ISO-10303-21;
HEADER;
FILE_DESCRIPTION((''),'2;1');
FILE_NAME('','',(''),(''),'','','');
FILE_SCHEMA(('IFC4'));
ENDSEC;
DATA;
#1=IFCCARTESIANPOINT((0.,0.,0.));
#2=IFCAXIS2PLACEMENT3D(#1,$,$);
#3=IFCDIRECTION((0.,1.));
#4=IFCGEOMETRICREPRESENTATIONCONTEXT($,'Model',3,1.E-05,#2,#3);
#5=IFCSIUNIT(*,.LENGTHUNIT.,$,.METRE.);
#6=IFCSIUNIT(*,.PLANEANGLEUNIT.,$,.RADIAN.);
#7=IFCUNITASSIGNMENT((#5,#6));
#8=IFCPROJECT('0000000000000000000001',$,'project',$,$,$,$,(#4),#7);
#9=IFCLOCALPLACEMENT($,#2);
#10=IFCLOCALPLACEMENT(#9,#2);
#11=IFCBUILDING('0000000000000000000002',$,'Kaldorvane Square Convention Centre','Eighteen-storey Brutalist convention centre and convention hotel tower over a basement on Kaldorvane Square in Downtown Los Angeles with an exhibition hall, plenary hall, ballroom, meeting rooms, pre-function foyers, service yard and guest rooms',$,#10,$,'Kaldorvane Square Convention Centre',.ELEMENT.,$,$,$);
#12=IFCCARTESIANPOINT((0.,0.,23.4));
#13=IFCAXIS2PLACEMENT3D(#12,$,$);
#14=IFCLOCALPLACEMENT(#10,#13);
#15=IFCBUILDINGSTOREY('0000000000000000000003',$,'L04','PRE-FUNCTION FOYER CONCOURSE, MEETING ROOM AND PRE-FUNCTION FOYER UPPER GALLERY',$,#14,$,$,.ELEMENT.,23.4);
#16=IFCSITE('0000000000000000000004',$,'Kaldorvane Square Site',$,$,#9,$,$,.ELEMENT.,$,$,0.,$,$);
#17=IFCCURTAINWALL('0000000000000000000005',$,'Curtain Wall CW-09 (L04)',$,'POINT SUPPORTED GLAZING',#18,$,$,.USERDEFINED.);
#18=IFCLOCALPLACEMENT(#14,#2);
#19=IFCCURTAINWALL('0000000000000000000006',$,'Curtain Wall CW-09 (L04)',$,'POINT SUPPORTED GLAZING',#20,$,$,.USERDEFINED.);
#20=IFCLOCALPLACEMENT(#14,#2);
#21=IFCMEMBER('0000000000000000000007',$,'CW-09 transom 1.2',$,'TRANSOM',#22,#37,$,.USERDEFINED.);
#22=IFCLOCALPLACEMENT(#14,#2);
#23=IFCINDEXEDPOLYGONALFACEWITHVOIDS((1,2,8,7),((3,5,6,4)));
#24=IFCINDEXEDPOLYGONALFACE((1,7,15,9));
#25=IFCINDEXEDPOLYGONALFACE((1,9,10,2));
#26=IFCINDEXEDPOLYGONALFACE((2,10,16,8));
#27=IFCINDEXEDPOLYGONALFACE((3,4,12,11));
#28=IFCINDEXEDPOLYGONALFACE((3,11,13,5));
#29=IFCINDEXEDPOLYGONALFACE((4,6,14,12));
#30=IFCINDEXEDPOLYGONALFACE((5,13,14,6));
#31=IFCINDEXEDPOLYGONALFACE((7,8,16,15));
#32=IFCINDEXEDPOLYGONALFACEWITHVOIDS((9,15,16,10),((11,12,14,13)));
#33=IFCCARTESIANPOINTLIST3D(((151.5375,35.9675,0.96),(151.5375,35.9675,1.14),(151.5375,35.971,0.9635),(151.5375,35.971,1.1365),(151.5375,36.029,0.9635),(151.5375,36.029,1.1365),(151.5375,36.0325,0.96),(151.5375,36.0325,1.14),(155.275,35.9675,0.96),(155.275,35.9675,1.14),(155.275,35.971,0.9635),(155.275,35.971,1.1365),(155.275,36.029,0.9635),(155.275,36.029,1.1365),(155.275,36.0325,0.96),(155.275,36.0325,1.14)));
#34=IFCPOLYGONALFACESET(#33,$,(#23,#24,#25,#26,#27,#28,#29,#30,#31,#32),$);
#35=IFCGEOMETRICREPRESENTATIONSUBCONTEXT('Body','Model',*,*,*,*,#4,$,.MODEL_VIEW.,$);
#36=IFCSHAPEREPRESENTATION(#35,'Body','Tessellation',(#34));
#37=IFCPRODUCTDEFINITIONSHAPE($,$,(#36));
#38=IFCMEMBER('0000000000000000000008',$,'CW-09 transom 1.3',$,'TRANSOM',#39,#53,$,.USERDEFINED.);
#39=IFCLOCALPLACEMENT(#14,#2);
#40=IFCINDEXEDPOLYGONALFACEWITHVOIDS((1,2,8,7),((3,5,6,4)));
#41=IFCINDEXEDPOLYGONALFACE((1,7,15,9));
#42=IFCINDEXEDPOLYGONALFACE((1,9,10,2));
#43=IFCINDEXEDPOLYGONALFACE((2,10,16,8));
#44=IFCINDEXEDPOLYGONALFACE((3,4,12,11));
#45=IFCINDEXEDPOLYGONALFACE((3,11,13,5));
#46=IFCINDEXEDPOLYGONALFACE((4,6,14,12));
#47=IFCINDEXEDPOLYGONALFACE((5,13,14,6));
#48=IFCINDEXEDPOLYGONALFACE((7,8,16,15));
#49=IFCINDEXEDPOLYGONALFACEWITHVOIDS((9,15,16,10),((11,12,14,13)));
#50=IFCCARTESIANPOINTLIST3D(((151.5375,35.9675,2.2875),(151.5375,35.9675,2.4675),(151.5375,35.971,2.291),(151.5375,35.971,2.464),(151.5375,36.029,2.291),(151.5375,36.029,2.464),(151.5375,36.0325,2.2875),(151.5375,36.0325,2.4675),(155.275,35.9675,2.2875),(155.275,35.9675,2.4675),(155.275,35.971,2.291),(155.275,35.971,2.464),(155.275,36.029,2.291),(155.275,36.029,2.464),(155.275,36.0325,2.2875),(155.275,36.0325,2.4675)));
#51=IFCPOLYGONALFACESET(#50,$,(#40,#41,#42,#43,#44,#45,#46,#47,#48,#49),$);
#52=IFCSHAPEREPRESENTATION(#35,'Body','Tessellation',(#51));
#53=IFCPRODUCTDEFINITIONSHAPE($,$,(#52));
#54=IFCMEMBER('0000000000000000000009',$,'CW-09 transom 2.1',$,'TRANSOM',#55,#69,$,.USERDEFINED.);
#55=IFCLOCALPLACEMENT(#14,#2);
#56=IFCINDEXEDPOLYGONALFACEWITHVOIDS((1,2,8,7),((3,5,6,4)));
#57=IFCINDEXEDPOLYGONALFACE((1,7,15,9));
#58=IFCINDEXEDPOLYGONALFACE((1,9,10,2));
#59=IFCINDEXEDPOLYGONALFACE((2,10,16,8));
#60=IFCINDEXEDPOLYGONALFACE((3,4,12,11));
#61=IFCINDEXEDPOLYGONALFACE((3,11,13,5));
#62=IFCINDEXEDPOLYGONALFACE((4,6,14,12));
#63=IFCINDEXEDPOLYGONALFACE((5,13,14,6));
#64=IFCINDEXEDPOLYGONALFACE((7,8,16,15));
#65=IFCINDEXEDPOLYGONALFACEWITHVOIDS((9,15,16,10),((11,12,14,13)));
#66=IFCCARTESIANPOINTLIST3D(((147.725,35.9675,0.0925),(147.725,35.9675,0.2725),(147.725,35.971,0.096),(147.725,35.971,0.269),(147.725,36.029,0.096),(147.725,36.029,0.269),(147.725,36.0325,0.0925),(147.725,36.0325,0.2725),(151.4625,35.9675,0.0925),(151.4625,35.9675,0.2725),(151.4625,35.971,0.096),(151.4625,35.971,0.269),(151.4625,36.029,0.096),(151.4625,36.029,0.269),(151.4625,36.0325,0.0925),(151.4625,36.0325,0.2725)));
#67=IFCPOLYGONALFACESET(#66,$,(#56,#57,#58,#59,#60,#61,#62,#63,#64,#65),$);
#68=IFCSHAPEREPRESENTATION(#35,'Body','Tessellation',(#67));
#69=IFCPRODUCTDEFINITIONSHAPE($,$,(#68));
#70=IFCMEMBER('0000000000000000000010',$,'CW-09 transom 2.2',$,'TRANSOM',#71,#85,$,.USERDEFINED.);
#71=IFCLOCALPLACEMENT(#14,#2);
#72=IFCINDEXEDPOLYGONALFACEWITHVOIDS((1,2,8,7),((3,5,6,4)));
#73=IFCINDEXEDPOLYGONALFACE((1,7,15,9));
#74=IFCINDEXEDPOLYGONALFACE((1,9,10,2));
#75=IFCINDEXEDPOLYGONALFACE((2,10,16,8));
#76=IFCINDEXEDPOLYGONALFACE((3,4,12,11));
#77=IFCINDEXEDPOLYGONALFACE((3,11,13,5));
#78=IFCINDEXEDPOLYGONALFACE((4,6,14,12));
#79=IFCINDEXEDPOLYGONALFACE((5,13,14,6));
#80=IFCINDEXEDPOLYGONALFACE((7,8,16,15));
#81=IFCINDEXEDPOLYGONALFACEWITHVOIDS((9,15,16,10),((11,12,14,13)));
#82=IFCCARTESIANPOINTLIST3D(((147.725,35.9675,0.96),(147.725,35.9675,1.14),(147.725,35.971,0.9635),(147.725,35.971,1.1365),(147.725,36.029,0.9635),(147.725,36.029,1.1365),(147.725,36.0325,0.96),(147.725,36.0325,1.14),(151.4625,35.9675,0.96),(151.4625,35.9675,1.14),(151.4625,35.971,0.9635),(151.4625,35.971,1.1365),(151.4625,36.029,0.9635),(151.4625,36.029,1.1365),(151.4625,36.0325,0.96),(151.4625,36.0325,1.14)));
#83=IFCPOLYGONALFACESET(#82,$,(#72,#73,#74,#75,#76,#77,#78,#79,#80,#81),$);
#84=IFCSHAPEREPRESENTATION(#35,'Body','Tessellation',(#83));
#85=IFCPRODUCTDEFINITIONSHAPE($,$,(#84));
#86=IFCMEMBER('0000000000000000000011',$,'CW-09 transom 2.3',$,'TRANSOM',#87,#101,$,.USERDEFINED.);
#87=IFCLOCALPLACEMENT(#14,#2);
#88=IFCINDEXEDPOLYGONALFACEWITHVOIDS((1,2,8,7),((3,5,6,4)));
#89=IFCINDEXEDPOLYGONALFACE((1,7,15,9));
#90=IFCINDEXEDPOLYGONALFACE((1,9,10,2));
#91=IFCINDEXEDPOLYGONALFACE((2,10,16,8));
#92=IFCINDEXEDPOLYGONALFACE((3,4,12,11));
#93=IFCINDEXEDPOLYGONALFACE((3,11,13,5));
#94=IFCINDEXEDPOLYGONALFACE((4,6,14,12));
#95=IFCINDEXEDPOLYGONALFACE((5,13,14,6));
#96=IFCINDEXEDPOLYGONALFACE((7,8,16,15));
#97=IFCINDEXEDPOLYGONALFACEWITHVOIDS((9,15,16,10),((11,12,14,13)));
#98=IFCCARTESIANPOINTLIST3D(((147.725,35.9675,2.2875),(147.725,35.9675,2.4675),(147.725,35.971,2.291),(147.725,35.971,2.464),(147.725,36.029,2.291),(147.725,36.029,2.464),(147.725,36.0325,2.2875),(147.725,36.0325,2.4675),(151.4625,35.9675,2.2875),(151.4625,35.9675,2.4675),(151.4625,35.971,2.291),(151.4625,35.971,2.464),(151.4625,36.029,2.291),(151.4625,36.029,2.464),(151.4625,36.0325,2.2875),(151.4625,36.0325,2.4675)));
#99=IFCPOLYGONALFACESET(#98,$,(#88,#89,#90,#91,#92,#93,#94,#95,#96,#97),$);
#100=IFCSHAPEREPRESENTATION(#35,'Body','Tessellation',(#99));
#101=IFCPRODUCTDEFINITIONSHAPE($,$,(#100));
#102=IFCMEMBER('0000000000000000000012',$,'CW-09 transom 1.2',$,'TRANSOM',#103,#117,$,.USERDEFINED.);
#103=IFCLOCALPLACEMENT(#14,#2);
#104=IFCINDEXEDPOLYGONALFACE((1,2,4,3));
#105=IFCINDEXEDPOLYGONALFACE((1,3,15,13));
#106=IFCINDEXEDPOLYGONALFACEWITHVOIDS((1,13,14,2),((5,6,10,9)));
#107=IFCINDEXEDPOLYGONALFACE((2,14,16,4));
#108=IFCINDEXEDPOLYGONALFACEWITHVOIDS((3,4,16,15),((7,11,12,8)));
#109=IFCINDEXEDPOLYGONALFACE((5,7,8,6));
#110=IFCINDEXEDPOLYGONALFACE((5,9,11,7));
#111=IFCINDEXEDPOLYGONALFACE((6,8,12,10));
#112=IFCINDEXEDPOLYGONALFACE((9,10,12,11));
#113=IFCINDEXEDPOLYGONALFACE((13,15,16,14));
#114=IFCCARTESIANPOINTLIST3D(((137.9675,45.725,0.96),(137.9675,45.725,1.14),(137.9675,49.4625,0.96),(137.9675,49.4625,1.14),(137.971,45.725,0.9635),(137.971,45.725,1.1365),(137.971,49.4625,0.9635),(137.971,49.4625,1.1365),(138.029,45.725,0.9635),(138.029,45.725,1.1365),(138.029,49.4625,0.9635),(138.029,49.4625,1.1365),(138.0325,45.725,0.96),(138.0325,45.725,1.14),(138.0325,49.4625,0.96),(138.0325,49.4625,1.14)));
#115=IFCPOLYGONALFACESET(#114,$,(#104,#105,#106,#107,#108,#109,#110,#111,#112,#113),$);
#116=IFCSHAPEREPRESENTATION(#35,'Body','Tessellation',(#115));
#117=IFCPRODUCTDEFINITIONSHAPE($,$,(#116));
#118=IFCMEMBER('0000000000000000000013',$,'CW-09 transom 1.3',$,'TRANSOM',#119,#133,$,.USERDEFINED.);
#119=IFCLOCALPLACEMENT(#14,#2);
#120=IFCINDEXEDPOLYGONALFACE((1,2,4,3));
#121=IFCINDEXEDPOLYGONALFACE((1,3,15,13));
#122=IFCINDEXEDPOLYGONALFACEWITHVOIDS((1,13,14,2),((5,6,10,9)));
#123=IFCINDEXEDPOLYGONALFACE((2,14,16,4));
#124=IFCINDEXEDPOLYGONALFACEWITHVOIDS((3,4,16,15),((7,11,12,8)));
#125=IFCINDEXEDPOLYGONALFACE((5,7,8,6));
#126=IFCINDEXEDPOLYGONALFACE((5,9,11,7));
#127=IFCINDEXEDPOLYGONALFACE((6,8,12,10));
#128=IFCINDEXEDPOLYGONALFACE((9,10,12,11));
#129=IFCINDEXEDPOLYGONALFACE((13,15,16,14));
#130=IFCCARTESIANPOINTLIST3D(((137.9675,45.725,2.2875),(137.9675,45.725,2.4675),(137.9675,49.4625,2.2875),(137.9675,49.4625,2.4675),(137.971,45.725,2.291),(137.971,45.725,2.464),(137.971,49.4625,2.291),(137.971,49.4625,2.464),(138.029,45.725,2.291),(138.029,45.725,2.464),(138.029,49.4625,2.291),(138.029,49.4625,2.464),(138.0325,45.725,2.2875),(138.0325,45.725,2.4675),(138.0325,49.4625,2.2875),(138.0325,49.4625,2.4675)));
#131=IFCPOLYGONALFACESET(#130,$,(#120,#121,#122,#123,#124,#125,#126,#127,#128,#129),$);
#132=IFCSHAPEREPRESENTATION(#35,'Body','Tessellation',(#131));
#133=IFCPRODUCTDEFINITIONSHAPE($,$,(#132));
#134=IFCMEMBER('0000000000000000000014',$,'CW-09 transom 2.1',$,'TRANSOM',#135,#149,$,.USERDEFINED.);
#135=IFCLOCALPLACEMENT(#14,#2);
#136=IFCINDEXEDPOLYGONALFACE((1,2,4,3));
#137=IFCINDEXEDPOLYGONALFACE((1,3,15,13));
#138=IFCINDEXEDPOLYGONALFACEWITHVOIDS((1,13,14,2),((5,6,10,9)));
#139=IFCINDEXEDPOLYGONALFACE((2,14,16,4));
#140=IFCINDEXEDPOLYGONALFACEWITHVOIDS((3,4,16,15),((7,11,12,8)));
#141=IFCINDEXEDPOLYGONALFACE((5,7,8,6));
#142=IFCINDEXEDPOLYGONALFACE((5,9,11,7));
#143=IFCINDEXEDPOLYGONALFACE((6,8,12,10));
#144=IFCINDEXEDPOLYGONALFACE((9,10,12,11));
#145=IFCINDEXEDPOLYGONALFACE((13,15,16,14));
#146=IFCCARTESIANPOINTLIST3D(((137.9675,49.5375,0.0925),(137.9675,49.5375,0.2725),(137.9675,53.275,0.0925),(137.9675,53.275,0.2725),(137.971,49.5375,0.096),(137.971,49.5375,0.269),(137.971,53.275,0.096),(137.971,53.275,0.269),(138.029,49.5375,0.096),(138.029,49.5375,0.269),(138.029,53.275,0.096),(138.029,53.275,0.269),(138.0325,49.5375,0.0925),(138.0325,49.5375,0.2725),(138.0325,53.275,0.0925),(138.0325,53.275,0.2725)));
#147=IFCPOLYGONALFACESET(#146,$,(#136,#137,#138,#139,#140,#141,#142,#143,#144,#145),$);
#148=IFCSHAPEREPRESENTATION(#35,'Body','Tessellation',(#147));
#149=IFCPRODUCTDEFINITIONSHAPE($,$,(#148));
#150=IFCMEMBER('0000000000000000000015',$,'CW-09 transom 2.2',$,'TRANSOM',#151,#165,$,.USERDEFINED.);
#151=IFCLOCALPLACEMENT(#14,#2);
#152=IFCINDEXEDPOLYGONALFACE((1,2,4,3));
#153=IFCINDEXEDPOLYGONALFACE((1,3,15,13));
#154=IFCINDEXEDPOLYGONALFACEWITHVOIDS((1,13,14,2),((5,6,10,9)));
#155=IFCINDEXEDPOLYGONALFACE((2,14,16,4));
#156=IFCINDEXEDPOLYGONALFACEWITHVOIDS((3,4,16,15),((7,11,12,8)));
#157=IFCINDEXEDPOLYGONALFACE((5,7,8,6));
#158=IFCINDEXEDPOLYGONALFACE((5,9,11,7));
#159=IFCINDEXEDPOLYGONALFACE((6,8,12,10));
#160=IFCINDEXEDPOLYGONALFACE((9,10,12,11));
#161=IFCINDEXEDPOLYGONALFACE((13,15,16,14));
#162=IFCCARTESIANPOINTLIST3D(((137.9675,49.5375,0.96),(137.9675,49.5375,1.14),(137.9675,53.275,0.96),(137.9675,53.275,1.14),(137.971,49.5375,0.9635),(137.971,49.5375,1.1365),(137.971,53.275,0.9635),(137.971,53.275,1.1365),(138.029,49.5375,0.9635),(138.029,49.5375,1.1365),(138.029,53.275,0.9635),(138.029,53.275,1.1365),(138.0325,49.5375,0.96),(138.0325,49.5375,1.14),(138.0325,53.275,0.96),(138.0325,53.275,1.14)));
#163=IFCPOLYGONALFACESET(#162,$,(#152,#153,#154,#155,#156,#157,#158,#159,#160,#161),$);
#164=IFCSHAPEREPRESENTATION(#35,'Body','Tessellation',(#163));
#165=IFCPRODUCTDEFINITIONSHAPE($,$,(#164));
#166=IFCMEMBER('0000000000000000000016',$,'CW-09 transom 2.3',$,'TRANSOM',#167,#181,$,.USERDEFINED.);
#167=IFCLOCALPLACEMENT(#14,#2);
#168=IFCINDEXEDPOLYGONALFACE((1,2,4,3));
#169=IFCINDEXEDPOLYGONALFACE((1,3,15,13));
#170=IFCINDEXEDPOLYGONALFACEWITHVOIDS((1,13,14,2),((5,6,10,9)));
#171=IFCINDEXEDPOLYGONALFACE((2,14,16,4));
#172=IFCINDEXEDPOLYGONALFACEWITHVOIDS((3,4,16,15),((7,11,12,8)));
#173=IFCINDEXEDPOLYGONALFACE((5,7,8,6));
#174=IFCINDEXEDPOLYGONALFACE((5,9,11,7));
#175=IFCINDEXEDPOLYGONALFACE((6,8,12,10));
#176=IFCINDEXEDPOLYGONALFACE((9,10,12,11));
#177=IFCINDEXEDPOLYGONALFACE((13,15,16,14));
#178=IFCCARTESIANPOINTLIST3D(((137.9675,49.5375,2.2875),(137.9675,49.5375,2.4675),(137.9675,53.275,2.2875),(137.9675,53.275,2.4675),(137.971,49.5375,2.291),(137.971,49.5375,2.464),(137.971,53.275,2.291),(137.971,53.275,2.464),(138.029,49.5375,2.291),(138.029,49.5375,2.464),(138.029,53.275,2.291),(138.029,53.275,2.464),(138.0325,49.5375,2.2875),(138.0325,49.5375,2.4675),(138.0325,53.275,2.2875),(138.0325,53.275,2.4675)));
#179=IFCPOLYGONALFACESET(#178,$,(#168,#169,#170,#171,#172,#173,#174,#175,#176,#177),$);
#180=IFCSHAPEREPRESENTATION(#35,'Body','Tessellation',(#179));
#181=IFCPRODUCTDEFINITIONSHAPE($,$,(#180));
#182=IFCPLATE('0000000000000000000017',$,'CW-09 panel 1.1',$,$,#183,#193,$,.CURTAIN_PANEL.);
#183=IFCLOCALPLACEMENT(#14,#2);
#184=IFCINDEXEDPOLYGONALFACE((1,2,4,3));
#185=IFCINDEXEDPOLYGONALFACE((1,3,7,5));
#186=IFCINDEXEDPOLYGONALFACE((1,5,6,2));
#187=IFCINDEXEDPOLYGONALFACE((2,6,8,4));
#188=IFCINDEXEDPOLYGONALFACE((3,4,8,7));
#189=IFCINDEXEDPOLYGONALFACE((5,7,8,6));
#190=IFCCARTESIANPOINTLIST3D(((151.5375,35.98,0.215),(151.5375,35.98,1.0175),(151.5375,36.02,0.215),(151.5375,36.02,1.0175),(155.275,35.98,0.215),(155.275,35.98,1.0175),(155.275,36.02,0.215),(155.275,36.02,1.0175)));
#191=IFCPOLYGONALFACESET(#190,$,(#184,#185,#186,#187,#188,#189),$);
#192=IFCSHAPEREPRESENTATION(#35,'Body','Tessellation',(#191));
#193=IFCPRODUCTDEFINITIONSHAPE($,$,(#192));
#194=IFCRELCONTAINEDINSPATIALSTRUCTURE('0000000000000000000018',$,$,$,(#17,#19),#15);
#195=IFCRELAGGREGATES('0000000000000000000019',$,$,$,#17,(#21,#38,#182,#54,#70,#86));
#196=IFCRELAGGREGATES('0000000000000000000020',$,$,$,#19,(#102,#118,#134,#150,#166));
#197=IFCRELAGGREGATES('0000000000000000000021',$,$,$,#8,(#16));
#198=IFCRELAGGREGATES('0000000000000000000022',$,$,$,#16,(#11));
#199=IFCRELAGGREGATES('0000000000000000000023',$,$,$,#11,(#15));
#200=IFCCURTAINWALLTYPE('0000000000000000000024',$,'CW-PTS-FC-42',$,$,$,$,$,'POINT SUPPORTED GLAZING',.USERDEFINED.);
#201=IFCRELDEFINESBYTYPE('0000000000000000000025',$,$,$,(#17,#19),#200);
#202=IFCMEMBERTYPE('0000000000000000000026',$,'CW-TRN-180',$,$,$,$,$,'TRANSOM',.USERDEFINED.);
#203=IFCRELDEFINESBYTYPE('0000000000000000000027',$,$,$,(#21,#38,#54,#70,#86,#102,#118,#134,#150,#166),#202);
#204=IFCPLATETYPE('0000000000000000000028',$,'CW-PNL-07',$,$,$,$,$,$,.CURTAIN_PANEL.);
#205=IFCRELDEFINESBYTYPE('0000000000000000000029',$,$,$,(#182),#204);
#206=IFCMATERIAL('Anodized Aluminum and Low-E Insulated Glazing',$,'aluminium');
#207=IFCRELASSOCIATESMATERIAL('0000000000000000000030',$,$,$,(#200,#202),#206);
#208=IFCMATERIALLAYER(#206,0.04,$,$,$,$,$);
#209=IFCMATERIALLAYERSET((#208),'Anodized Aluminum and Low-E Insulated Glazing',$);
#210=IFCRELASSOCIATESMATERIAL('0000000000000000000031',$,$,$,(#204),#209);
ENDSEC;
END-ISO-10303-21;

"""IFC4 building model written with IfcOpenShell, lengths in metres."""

from ifc_helpers import new_model, si_unit, direction, frame, origin, origin_2d, place, context, subcontext, project, spatial, rectangle, hollow_rectangle, extrude, material, layer, layer_set, material_profile, profile_set, type_object, element, aggregate, save


model = new_model("IFC4")

# Units and contexts
model_context = context("Model", 3, precision=1e-05, world=origin(), true_north=direction((0.0, 1.0)))
body_context = subcontext(model_context, "Body", "Model", "MODEL_VIEW")
ifc_project = project(units=[si_unit("LENGTHUNIT", "METRE"), si_unit("PLANEANGLEUNIT", "RADIAN")], contexts=[model_context])

# Site, building, storey
site_placement = place(None, origin())
site = spatial("IfcSite", under=ifc_project, at=site_placement, Name="Kaldorvane Square Site", CompositionType="ELEMENT", RefElevation=0.0)
building_placement = place(site_placement, origin())
building = spatial("IfcBuilding", under=site, at=building_placement, Name="Kaldorvane Square Convention Centre", Description="Eighteen-storey Brutalist convention centre and convention hotel tower over a basement on Kaldorvane Square in Downtown Los Angeles with an exhibition hall, plenary hall, ballroom, meeting rooms, pre-function foyers, service yard and guest rooms", LongName="Kaldorvane Square Convention Centre", CompositionType="ELEMENT")
storey_placement = place(building_placement, frame((0.0, 0.0, 23.4)))
storey = spatial("IfcBuildingStorey", under=building, at=storey_placement, Name="L04", Description="PRE-FUNCTION FOYER CONCOURSE, MEETING ROOM AND PRE-FUNCTION FOYER UPPER GALLERY", CompositionType="ELEMENT", Elevation=23.4)

# Curtain wall
ifc_material_1 = material(Name="Anodized Aluminum and Low-E Insulated Glazing", Category="aluminium")
curtain_wall_type = type_object("IfcCurtainWallType", Name="CW-PTS-FC-42", ElementType="POINT SUPPORTED GLAZING", PredefinedType="USERDEFINED", material=ifc_material_1)
curtain_wall_1_placement = place(storey_placement, origin())
curtain_wall_1 = element("IfcCurtainWall", 1, at=curtain_wall_1_placement, inside=storey, type_object=curtain_wall_type, Name="Curtain Wall CW-09 (L04)", ObjectType="POINT SUPPORTED GLAZING", PredefinedType="USERDEFINED")

# Curtain wall
curtain_wall_2_placement = place(storey_placement, origin())
curtain_wall_2 = element("IfcCurtainWall", 2, at=curtain_wall_2_placement, inside=storey, type_object=curtain_wall_type, Name="Curtain Wall CW-09 (L04)", ObjectType="POINT SUPPORTED GLAZING", PredefinedType="USERDEFINED")

# Members
ifc_material_profile_1 = material_profile(ifc_material_1, hollow_rectangle(XDim=0.065, YDim=0.18, WallThickness=0.0035, at=origin_2d()), Name="CWT-180X65")
ifc_profile_set_1 = profile_set([ifc_material_profile_1], Name="Anodized Aluminum and Low-E Insulated Glazing")
member_type_1 = type_object("IfcMemberType", Name="CW-TRN-180", ElementType="TRANSOM", PredefinedType="USERDEFINED", material=ifc_profile_set_1)
member_1_placement = place(storey_placement, frame((155.275, 36.0, 1.05), z_axis=(-1.0, 0.0, 0.0), x_axis=(0.0, -1.0, 0.0)))
member_1 = element("IfcMember", 3, at=member_1_placement, type_object=member_type_1, Name="CW-09 transom 1.2", ObjectType="TRANSOM", PredefinedType="USERDEFINED", context=body_context, shape_type="SweptSolid", body=[
    extrude(hollow_rectangle(XDim=0.065, YDim=0.18, WallThickness=0.0035, at=origin_2d()), origin(), (0.0, 0.0, 1.0), 3.7375),
])
member_2_placement = place(storey_placement, frame((155.275, 36.0, 2.3775), z_axis=(-1.0, 0.0, 0.0), x_axis=(0.0, -1.0, 0.0)))
member_2 = element("IfcMember", 4, at=member_2_placement, type_object=member_type_1, Name="CW-09 transom 1.3", ObjectType="TRANSOM", PredefinedType="USERDEFINED", context=body_context, shape_type="SweptSolid", body=[
    extrude(hollow_rectangle(XDim=0.065, YDim=0.18, WallThickness=0.0035, at=origin_2d()), origin(), (0.0, 0.0, 1.0), 3.7375),
])
member_3_placement = place(storey_placement, frame((151.4625, 36.0, 0.1825), z_axis=(-1.0, 0.0, 0.0), x_axis=(0.0, -1.0, 0.0)))
member_3 = element("IfcMember", 5, at=member_3_placement, type_object=member_type_1, Name="CW-09 transom 2.1", ObjectType="TRANSOM", PredefinedType="USERDEFINED", context=body_context, shape_type="SweptSolid", body=[
    extrude(hollow_rectangle(XDim=0.065, YDim=0.18, WallThickness=0.0035, at=origin_2d()), origin(), (0.0, 0.0, 1.0), 3.7375),
])
member_4_placement = place(storey_placement, frame((151.4625, 36.0, 1.05), z_axis=(-1.0, 0.0, 0.0), x_axis=(0.0, -1.0, 0.0)))
member_4 = element("IfcMember", 6, at=member_4_placement, type_object=member_type_1, Name="CW-09 transom 2.2", ObjectType="TRANSOM", PredefinedType="USERDEFINED", context=body_context, shape_type="SweptSolid", body=[
    extrude(hollow_rectangle(XDim=0.065, YDim=0.18, WallThickness=0.0035, at=origin_2d()), origin(), (0.0, 0.0, 1.0), 3.7375),
])
member_5_placement = place(storey_placement, frame((151.4625, 36.0, 2.3775), z_axis=(-1.0, 0.0, 0.0), x_axis=(0.0, -1.0, 0.0)))
member_5 = element("IfcMember", 7, at=member_5_placement, type_object=member_type_1, Name="CW-09 transom 2.3", ObjectType="TRANSOM", PredefinedType="USERDEFINED", context=body_context, shape_type="SweptSolid", body=[
    extrude(hollow_rectangle(XDim=0.065, YDim=0.18, WallThickness=0.0035, at=origin_2d()), origin(), (0.0, 0.0, 1.0), 3.7375),
])
member_6_placement = place(storey_placement, frame((138.0, 45.725, 1.05), z_axis=(0.0, 1.0, 0.0), x_axis=(-1.0, 0.0, 0.0)))
member_6 = element("IfcMember", 8, at=member_6_placement, type_object=member_type_1, Name="CW-09 transom 1.2", ObjectType="TRANSOM", PredefinedType="USERDEFINED", context=body_context, shape_type="SweptSolid", body=[
    extrude(hollow_rectangle(XDim=0.065, YDim=0.18, WallThickness=0.0035, at=origin_2d()), origin(), (0.0, 0.0, 1.0), 3.7375),
])
member_7_placement = place(storey_placement, frame((138.0, 45.725, 2.3775), z_axis=(0.0, 1.0, 0.0), x_axis=(-1.0, 0.0, 0.0)))
member_7 = element("IfcMember", 9, at=member_7_placement, type_object=member_type_1, Name="CW-09 transom 1.3", ObjectType="TRANSOM", PredefinedType="USERDEFINED", context=body_context, shape_type="SweptSolid", body=[
    extrude(hollow_rectangle(XDim=0.065, YDim=0.18, WallThickness=0.0035, at=origin_2d()), origin(), (0.0, 0.0, 1.0), 3.7375),
])
member_8_placement = place(storey_placement, frame((138.0, 49.5375, 0.1825), z_axis=(0.0, 1.0, 0.0), x_axis=(-1.0, 0.0, 0.0)))
member_8 = element("IfcMember", 10, at=member_8_placement, type_object=member_type_1, Name="CW-09 transom 2.1", ObjectType="TRANSOM", PredefinedType="USERDEFINED", context=body_context, shape_type="SweptSolid", body=[
    extrude(hollow_rectangle(XDim=0.065, YDim=0.18, WallThickness=0.0035, at=origin_2d()), origin(), (0.0, 0.0, 1.0), 3.7375),
])
member_9_placement = place(storey_placement, frame((138.0, 49.5375, 1.05), z_axis=(0.0, 1.0, 0.0), x_axis=(-1.0, 0.0, 0.0)))
member_9 = element("IfcMember", 11, at=member_9_placement, type_object=member_type_1, Name="CW-09 transom 2.2", ObjectType="TRANSOM", PredefinedType="USERDEFINED", context=body_context, shape_type="SweptSolid", body=[
    extrude(hollow_rectangle(XDim=0.065, YDim=0.18, WallThickness=0.0035, at=origin_2d()), origin(), (0.0, 0.0, 1.0), 3.7375),
])
member_10_placement = place(storey_placement, frame((138.0, 49.5375, 2.3775), z_axis=(0.0, 1.0, 0.0), x_axis=(-1.0, 0.0, 0.0)))
member_10 = element("IfcMember", 12, at=member_10_placement, type_object=member_type_1, Name="CW-09 transom 2.3", ObjectType="TRANSOM", PredefinedType="USERDEFINED", context=body_context, shape_type="SweptSolid", body=[
    extrude(hollow_rectangle(XDim=0.065, YDim=0.18, WallThickness=0.0035, at=origin_2d()), origin(), (0.0, 0.0, 1.0), 3.7375),
])

# Plate
ifc_layer_1 = layer(ifc_material_1, 0.04)
ifc_layer_set_1 = layer_set([ifc_layer_1], Name="Anodized Aluminum and Low-E Insulated Glazing")
plate_type = type_object("IfcPlateType", Name="CW-PNL-07", PredefinedType="CURTAIN_PANEL", material=ifc_layer_set_1)
plate_1_placement = place(storey_placement, frame((153.4062, 36.0, 0.215), z_axis=(0.0, 0.0, 1.0), x_axis=(-1.0, 0.0, 0.0)))
plate_1 = element("IfcPlate", 13, at=plate_1_placement, type_object=plate_type, Name="CW-09 panel 1.1", PredefinedType="CURTAIN_PANEL", context=body_context, shape_type="SweptSolid", body=[
    extrude(rectangle(XDim=3.7375, YDim=0.04, at=origin_2d()), origin(), (0.0, 0.0, 1.0), 0.8025),
])
aggregate(curtain_wall_1, [member_1, member_2, plate_1, member_3, member_4, member_5])
aggregate(curtain_wall_2, [member_6, member_7, member_8, member_9, member_10])

save(model, "model.ifc")
